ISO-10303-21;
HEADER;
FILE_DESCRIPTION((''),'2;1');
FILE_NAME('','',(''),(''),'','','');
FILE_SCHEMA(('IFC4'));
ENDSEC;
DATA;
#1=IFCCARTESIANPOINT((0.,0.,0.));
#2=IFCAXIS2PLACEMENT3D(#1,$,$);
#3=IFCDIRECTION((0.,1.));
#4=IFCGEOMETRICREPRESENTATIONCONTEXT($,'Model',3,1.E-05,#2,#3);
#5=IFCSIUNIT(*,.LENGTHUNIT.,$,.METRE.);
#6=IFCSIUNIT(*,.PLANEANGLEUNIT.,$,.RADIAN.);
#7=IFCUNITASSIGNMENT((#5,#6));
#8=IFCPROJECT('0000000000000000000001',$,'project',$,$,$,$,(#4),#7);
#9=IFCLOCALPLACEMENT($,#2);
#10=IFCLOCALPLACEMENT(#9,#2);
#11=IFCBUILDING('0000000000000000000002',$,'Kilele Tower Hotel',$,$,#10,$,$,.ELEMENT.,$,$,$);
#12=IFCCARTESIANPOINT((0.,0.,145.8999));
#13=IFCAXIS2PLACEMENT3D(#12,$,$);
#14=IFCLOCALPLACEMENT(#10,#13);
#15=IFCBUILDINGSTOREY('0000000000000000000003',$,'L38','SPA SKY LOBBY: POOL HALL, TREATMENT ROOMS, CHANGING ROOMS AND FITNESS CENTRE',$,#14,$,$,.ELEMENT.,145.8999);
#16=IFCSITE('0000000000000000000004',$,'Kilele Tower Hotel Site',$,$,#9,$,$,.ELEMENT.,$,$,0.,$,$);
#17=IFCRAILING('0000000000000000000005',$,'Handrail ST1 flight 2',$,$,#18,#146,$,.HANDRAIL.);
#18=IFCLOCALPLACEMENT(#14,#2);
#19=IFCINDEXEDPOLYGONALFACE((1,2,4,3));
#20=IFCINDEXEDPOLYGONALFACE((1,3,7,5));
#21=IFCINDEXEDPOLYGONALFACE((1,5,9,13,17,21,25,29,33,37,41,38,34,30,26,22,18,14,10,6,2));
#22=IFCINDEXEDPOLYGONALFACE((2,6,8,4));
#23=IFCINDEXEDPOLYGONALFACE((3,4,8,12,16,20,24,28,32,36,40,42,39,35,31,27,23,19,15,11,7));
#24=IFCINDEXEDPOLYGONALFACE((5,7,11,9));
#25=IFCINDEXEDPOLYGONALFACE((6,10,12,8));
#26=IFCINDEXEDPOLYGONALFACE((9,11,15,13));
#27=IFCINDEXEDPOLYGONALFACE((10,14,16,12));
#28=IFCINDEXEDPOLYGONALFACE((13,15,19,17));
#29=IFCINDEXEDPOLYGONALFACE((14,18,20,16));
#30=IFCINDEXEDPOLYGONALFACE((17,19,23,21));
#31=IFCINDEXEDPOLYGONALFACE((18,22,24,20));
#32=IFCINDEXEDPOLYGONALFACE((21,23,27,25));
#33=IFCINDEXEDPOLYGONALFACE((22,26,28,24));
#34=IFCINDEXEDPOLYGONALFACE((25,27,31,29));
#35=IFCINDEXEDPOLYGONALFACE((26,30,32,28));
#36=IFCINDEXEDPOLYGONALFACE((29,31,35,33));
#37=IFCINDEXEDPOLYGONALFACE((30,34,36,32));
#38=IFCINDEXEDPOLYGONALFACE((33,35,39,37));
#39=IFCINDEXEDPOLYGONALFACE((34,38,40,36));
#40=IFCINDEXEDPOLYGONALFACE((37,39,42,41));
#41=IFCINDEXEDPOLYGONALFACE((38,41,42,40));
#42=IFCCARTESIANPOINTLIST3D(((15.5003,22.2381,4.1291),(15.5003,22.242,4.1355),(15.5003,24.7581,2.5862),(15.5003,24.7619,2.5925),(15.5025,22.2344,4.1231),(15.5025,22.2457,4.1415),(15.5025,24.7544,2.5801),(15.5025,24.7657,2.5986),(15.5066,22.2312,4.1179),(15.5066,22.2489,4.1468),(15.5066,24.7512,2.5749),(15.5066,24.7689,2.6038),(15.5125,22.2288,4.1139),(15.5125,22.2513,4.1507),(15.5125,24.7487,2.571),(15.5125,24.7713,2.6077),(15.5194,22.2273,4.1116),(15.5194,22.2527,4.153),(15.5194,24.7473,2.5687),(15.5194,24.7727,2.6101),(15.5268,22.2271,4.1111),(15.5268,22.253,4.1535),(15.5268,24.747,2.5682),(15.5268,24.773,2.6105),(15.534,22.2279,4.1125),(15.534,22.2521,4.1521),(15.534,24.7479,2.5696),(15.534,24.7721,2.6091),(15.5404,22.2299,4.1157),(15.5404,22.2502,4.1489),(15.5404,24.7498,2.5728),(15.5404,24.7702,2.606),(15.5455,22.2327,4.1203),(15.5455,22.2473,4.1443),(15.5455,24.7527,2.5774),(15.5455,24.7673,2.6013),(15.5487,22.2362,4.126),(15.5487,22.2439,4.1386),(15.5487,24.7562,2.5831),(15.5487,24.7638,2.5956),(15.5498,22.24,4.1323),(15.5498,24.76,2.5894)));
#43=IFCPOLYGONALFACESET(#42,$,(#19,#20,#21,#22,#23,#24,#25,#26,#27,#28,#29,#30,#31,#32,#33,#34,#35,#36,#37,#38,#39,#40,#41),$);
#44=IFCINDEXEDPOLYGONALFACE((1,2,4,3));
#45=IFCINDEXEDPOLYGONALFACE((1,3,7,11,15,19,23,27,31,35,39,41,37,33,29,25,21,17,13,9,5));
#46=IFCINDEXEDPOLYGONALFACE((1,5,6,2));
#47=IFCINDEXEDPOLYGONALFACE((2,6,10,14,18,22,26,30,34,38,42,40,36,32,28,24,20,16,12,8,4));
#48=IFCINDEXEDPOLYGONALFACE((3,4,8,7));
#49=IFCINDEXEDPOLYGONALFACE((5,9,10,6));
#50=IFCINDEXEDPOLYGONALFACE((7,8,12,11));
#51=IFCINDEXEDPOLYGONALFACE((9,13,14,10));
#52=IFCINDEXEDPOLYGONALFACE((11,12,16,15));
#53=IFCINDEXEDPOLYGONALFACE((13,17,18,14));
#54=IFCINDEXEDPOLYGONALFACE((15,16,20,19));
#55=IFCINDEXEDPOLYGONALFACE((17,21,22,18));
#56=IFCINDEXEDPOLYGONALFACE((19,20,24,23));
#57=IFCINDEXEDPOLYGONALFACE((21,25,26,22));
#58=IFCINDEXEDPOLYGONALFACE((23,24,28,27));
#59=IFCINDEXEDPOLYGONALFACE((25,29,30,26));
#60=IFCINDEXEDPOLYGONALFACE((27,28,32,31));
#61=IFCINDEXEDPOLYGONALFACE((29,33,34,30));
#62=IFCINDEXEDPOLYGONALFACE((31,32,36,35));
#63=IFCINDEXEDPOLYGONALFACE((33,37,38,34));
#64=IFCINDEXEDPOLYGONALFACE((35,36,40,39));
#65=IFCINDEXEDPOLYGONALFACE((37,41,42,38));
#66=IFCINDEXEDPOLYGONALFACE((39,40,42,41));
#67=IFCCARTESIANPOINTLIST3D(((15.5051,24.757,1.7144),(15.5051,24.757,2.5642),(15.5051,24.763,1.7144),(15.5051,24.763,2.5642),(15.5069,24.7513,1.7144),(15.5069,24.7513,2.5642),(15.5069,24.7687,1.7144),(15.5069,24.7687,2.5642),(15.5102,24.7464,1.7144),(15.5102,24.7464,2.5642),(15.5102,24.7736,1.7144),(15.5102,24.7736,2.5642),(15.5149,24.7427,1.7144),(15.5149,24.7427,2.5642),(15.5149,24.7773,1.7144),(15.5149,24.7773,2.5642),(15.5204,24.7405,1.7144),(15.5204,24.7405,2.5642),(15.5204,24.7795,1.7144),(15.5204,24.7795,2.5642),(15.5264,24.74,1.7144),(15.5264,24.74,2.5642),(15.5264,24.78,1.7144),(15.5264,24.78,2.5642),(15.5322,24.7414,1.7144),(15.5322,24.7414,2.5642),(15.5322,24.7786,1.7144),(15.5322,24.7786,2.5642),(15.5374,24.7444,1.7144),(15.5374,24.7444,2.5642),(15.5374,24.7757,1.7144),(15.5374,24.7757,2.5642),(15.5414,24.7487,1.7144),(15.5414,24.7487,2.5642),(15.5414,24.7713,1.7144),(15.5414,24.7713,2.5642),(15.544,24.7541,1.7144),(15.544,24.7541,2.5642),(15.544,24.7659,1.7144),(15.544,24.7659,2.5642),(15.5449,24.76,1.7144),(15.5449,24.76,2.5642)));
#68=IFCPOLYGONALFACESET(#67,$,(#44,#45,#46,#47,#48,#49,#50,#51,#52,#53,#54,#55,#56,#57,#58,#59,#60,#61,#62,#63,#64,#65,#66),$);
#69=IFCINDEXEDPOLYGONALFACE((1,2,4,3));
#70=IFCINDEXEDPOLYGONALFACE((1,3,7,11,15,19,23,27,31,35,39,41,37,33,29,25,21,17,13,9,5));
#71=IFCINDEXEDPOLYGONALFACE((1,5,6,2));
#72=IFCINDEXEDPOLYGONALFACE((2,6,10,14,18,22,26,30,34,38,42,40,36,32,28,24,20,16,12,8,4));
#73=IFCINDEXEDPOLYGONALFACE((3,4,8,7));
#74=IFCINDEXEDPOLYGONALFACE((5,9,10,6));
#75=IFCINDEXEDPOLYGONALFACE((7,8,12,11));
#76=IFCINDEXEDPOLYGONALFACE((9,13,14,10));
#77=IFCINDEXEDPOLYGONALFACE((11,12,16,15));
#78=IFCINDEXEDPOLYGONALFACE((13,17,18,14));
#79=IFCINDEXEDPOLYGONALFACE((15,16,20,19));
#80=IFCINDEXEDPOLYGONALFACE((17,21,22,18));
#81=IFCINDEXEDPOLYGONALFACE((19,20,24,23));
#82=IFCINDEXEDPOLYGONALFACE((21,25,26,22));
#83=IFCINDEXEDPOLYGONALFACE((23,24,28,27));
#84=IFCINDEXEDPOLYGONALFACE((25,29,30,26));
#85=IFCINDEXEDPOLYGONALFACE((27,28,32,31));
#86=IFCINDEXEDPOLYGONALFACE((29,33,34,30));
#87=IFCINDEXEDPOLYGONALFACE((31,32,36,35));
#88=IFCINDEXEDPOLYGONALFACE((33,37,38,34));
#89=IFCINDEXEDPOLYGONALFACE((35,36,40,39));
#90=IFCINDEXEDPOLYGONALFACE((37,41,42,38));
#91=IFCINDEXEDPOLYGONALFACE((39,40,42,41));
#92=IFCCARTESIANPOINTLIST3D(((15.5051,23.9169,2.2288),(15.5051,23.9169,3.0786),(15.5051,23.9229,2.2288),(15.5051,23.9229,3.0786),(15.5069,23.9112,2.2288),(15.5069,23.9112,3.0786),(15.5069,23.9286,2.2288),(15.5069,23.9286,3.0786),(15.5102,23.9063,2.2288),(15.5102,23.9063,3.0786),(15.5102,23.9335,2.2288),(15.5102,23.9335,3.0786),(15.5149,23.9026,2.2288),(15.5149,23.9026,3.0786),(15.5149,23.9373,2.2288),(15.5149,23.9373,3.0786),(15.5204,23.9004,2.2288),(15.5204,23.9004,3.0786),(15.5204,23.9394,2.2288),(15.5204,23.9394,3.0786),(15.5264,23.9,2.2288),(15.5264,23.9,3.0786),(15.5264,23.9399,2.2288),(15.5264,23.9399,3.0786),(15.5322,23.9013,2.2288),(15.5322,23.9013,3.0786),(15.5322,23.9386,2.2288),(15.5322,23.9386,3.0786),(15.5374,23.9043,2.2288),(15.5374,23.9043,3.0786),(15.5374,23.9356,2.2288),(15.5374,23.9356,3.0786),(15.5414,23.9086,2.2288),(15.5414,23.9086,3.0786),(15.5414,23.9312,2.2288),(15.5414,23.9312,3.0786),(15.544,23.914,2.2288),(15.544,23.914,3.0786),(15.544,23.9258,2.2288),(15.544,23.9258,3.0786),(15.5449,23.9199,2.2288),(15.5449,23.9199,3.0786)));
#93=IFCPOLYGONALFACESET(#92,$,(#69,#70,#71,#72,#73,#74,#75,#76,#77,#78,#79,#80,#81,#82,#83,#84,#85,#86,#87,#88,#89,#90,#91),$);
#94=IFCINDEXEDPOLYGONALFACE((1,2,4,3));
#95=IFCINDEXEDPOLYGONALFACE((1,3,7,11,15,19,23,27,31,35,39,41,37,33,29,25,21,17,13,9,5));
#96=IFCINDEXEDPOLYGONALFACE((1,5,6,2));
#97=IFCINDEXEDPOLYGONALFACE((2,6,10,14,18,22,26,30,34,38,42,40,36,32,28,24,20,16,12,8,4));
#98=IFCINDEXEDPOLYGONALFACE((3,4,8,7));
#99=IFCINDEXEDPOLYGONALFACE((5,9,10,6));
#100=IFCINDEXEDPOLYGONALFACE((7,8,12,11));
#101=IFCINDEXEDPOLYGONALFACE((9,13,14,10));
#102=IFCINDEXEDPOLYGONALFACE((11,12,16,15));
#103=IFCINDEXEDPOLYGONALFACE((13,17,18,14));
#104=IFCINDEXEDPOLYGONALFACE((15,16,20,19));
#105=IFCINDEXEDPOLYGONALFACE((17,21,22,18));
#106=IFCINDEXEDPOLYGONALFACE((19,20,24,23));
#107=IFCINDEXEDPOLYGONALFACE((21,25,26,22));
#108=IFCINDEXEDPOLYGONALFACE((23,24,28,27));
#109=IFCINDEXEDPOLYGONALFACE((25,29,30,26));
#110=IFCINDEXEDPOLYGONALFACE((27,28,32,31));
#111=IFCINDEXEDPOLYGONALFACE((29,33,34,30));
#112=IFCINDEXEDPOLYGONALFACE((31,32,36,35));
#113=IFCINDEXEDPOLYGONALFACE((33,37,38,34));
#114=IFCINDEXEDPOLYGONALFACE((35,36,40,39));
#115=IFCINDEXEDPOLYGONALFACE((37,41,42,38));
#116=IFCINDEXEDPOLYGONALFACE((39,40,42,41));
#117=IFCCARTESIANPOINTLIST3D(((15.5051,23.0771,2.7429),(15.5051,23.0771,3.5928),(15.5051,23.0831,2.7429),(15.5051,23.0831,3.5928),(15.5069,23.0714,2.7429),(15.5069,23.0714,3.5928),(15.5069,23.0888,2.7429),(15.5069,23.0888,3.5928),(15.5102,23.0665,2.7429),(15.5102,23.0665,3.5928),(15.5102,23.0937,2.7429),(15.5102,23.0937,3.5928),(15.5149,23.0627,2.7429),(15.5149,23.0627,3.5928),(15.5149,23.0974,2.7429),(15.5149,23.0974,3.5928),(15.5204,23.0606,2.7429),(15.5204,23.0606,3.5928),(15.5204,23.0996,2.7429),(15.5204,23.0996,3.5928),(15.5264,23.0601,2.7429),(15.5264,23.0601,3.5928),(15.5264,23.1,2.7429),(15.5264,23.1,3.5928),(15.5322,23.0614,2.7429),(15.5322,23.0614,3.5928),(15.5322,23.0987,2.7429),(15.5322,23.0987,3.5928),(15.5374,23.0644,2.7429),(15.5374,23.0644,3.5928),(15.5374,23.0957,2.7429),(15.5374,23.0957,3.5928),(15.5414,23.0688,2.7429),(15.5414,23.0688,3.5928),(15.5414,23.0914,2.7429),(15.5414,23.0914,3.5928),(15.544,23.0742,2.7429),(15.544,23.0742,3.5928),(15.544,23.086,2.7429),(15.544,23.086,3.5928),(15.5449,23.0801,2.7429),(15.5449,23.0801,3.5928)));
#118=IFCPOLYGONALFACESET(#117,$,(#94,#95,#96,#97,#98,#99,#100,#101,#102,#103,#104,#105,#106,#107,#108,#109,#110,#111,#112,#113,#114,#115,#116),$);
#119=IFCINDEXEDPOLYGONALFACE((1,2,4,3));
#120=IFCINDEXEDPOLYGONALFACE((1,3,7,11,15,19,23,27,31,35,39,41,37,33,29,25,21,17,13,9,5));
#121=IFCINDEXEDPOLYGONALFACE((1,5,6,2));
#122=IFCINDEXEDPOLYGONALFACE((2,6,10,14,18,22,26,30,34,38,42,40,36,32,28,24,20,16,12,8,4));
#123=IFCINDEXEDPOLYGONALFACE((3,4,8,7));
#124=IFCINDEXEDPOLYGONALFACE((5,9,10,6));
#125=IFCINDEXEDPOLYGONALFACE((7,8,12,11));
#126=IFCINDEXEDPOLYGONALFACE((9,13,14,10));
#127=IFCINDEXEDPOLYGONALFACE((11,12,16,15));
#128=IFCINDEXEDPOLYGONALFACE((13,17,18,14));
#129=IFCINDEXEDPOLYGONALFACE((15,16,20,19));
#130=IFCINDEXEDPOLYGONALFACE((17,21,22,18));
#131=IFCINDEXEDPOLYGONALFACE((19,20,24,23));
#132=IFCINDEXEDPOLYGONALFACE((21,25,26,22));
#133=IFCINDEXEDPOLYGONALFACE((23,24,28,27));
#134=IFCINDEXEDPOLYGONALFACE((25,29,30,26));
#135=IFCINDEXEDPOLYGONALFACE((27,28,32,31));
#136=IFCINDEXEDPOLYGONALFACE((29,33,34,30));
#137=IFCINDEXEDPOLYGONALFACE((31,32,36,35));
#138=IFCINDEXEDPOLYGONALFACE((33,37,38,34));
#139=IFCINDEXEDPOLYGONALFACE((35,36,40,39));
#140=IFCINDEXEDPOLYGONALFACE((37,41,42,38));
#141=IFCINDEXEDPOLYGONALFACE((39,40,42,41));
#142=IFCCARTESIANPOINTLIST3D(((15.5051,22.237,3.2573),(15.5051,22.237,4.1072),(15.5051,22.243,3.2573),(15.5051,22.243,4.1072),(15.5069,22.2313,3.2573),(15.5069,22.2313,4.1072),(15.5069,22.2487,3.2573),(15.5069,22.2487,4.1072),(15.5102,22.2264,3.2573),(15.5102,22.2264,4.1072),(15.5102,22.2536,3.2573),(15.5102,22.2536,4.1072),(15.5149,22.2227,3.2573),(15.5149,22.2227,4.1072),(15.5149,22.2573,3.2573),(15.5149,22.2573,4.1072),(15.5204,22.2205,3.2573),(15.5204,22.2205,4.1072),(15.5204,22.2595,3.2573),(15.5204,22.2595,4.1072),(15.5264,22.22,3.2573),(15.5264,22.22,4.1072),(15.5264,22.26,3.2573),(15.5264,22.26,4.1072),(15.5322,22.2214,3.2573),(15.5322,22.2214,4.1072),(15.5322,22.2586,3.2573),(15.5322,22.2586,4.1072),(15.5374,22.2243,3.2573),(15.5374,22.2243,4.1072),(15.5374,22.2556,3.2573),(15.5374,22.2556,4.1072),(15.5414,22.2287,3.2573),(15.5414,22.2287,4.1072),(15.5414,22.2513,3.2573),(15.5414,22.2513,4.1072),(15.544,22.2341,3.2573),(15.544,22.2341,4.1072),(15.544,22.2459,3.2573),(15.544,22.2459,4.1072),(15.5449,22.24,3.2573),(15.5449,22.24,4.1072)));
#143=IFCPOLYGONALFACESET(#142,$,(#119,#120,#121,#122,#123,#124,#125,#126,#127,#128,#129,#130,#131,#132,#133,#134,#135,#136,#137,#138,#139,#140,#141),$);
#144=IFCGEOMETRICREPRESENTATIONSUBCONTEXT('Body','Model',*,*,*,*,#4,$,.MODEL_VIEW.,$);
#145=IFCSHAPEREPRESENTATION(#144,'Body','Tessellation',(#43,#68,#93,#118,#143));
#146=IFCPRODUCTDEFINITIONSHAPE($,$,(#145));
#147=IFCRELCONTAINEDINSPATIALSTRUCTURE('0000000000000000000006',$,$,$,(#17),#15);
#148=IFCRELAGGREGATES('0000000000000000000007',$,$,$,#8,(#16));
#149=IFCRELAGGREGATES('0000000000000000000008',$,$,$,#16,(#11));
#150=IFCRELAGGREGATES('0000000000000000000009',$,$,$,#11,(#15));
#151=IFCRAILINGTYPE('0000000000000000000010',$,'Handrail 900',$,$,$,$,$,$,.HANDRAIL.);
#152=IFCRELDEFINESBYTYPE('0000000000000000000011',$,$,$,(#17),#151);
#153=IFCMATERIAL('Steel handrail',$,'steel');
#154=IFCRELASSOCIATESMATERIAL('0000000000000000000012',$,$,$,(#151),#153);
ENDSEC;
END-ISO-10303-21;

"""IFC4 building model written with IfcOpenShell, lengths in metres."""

from ifc_helpers import new_model, si_unit, direction, frame, origin, origin_2d, place, context, subcontext, project, spatial, circle, extrude, material, type_object, element, save


model = new_model("IFC4")

# Units and contexts
model_context = context("Model", 3, precision=1e-05, world=origin(), true_north=direction((0.0, 1.0)))
body_context = subcontext(model_context, "Body", "Model", "MODEL_VIEW")
ifc_project = project(units=[si_unit("LENGTHUNIT", "METRE"), si_unit("PLANEANGLEUNIT", "RADIAN")], contexts=[model_context])

# Site, building, storey
site_placement = place(None, origin())
site = spatial("IfcSite", under=ifc_project, at=site_placement, Name="Kilele Tower Hotel Site", CompositionType="ELEMENT", RefElevation=0.0)
building_placement = place(site_placement, origin())
building = spatial("IfcBuilding", under=site, at=building_placement, Name="Kilele Tower Hotel", CompositionType="ELEMENT")
storey_placement = place(building_placement, frame((0.0, 0.0, 145.8999)))
storey = spatial("IfcBuildingStorey", under=building, at=storey_placement, Name="L38", Description="SPA SKY LOBBY: POOL HALL, TREATMENT ROOMS, CHANGING ROOMS AND FITNESS CENTRE", CompositionType="ELEMENT", Elevation=145.8999)

# Railing
ifc_material_1 = material(Name="Steel handrail", Category="steel")
railing_type_1 = type_object("IfcRailingType", Name="Handrail 900", PredefinedType="HANDRAIL", material=ifc_material_1)
for number, where, name in (
    (1, (15.5249, 24.76, 1.7144), "Handrail ST1 flight 2"),
):
    element("IfcRailing", number, at=place(storey_placement, frame(where)), inside=storey, type_object=railing_type_1, Name=name, PredefinedType="HANDRAIL", context=body_context, shape_type="SweptSolid", body=[
        extrude(circle(Radius=0.0249, at=origin_2d()), frame((0.0, 0.0, 0.875), z_axis=(0.0, -0.852836, 0.522178), x_axis=(1.0, 0.0, 0.0)), (0.0, 0.0, 1.0), 2.9548),
        extrude(circle(Radius=0.02, at=origin_2d()), origin(), (0.0, 0.0, 1.0), 0.8499),
        extrude(circle(Radius=0.02, at=origin_2d()), frame((0.0, -0.8401, 0.5144)), (0.0, 0.0, 1.0), 0.8499),
        extrude(circle(Radius=0.02, at=origin_2d()), frame((0.0, -1.6799, 1.0286)), (0.0, 0.0, 1.0), 0.8499),
        extrude(circle(Radius=0.02, at=origin_2d()), frame((0.0, -2.52, 1.543)), (0.0, 0.0, 1.0), 0.8499),
    ])

save(model, "model.ifc")
